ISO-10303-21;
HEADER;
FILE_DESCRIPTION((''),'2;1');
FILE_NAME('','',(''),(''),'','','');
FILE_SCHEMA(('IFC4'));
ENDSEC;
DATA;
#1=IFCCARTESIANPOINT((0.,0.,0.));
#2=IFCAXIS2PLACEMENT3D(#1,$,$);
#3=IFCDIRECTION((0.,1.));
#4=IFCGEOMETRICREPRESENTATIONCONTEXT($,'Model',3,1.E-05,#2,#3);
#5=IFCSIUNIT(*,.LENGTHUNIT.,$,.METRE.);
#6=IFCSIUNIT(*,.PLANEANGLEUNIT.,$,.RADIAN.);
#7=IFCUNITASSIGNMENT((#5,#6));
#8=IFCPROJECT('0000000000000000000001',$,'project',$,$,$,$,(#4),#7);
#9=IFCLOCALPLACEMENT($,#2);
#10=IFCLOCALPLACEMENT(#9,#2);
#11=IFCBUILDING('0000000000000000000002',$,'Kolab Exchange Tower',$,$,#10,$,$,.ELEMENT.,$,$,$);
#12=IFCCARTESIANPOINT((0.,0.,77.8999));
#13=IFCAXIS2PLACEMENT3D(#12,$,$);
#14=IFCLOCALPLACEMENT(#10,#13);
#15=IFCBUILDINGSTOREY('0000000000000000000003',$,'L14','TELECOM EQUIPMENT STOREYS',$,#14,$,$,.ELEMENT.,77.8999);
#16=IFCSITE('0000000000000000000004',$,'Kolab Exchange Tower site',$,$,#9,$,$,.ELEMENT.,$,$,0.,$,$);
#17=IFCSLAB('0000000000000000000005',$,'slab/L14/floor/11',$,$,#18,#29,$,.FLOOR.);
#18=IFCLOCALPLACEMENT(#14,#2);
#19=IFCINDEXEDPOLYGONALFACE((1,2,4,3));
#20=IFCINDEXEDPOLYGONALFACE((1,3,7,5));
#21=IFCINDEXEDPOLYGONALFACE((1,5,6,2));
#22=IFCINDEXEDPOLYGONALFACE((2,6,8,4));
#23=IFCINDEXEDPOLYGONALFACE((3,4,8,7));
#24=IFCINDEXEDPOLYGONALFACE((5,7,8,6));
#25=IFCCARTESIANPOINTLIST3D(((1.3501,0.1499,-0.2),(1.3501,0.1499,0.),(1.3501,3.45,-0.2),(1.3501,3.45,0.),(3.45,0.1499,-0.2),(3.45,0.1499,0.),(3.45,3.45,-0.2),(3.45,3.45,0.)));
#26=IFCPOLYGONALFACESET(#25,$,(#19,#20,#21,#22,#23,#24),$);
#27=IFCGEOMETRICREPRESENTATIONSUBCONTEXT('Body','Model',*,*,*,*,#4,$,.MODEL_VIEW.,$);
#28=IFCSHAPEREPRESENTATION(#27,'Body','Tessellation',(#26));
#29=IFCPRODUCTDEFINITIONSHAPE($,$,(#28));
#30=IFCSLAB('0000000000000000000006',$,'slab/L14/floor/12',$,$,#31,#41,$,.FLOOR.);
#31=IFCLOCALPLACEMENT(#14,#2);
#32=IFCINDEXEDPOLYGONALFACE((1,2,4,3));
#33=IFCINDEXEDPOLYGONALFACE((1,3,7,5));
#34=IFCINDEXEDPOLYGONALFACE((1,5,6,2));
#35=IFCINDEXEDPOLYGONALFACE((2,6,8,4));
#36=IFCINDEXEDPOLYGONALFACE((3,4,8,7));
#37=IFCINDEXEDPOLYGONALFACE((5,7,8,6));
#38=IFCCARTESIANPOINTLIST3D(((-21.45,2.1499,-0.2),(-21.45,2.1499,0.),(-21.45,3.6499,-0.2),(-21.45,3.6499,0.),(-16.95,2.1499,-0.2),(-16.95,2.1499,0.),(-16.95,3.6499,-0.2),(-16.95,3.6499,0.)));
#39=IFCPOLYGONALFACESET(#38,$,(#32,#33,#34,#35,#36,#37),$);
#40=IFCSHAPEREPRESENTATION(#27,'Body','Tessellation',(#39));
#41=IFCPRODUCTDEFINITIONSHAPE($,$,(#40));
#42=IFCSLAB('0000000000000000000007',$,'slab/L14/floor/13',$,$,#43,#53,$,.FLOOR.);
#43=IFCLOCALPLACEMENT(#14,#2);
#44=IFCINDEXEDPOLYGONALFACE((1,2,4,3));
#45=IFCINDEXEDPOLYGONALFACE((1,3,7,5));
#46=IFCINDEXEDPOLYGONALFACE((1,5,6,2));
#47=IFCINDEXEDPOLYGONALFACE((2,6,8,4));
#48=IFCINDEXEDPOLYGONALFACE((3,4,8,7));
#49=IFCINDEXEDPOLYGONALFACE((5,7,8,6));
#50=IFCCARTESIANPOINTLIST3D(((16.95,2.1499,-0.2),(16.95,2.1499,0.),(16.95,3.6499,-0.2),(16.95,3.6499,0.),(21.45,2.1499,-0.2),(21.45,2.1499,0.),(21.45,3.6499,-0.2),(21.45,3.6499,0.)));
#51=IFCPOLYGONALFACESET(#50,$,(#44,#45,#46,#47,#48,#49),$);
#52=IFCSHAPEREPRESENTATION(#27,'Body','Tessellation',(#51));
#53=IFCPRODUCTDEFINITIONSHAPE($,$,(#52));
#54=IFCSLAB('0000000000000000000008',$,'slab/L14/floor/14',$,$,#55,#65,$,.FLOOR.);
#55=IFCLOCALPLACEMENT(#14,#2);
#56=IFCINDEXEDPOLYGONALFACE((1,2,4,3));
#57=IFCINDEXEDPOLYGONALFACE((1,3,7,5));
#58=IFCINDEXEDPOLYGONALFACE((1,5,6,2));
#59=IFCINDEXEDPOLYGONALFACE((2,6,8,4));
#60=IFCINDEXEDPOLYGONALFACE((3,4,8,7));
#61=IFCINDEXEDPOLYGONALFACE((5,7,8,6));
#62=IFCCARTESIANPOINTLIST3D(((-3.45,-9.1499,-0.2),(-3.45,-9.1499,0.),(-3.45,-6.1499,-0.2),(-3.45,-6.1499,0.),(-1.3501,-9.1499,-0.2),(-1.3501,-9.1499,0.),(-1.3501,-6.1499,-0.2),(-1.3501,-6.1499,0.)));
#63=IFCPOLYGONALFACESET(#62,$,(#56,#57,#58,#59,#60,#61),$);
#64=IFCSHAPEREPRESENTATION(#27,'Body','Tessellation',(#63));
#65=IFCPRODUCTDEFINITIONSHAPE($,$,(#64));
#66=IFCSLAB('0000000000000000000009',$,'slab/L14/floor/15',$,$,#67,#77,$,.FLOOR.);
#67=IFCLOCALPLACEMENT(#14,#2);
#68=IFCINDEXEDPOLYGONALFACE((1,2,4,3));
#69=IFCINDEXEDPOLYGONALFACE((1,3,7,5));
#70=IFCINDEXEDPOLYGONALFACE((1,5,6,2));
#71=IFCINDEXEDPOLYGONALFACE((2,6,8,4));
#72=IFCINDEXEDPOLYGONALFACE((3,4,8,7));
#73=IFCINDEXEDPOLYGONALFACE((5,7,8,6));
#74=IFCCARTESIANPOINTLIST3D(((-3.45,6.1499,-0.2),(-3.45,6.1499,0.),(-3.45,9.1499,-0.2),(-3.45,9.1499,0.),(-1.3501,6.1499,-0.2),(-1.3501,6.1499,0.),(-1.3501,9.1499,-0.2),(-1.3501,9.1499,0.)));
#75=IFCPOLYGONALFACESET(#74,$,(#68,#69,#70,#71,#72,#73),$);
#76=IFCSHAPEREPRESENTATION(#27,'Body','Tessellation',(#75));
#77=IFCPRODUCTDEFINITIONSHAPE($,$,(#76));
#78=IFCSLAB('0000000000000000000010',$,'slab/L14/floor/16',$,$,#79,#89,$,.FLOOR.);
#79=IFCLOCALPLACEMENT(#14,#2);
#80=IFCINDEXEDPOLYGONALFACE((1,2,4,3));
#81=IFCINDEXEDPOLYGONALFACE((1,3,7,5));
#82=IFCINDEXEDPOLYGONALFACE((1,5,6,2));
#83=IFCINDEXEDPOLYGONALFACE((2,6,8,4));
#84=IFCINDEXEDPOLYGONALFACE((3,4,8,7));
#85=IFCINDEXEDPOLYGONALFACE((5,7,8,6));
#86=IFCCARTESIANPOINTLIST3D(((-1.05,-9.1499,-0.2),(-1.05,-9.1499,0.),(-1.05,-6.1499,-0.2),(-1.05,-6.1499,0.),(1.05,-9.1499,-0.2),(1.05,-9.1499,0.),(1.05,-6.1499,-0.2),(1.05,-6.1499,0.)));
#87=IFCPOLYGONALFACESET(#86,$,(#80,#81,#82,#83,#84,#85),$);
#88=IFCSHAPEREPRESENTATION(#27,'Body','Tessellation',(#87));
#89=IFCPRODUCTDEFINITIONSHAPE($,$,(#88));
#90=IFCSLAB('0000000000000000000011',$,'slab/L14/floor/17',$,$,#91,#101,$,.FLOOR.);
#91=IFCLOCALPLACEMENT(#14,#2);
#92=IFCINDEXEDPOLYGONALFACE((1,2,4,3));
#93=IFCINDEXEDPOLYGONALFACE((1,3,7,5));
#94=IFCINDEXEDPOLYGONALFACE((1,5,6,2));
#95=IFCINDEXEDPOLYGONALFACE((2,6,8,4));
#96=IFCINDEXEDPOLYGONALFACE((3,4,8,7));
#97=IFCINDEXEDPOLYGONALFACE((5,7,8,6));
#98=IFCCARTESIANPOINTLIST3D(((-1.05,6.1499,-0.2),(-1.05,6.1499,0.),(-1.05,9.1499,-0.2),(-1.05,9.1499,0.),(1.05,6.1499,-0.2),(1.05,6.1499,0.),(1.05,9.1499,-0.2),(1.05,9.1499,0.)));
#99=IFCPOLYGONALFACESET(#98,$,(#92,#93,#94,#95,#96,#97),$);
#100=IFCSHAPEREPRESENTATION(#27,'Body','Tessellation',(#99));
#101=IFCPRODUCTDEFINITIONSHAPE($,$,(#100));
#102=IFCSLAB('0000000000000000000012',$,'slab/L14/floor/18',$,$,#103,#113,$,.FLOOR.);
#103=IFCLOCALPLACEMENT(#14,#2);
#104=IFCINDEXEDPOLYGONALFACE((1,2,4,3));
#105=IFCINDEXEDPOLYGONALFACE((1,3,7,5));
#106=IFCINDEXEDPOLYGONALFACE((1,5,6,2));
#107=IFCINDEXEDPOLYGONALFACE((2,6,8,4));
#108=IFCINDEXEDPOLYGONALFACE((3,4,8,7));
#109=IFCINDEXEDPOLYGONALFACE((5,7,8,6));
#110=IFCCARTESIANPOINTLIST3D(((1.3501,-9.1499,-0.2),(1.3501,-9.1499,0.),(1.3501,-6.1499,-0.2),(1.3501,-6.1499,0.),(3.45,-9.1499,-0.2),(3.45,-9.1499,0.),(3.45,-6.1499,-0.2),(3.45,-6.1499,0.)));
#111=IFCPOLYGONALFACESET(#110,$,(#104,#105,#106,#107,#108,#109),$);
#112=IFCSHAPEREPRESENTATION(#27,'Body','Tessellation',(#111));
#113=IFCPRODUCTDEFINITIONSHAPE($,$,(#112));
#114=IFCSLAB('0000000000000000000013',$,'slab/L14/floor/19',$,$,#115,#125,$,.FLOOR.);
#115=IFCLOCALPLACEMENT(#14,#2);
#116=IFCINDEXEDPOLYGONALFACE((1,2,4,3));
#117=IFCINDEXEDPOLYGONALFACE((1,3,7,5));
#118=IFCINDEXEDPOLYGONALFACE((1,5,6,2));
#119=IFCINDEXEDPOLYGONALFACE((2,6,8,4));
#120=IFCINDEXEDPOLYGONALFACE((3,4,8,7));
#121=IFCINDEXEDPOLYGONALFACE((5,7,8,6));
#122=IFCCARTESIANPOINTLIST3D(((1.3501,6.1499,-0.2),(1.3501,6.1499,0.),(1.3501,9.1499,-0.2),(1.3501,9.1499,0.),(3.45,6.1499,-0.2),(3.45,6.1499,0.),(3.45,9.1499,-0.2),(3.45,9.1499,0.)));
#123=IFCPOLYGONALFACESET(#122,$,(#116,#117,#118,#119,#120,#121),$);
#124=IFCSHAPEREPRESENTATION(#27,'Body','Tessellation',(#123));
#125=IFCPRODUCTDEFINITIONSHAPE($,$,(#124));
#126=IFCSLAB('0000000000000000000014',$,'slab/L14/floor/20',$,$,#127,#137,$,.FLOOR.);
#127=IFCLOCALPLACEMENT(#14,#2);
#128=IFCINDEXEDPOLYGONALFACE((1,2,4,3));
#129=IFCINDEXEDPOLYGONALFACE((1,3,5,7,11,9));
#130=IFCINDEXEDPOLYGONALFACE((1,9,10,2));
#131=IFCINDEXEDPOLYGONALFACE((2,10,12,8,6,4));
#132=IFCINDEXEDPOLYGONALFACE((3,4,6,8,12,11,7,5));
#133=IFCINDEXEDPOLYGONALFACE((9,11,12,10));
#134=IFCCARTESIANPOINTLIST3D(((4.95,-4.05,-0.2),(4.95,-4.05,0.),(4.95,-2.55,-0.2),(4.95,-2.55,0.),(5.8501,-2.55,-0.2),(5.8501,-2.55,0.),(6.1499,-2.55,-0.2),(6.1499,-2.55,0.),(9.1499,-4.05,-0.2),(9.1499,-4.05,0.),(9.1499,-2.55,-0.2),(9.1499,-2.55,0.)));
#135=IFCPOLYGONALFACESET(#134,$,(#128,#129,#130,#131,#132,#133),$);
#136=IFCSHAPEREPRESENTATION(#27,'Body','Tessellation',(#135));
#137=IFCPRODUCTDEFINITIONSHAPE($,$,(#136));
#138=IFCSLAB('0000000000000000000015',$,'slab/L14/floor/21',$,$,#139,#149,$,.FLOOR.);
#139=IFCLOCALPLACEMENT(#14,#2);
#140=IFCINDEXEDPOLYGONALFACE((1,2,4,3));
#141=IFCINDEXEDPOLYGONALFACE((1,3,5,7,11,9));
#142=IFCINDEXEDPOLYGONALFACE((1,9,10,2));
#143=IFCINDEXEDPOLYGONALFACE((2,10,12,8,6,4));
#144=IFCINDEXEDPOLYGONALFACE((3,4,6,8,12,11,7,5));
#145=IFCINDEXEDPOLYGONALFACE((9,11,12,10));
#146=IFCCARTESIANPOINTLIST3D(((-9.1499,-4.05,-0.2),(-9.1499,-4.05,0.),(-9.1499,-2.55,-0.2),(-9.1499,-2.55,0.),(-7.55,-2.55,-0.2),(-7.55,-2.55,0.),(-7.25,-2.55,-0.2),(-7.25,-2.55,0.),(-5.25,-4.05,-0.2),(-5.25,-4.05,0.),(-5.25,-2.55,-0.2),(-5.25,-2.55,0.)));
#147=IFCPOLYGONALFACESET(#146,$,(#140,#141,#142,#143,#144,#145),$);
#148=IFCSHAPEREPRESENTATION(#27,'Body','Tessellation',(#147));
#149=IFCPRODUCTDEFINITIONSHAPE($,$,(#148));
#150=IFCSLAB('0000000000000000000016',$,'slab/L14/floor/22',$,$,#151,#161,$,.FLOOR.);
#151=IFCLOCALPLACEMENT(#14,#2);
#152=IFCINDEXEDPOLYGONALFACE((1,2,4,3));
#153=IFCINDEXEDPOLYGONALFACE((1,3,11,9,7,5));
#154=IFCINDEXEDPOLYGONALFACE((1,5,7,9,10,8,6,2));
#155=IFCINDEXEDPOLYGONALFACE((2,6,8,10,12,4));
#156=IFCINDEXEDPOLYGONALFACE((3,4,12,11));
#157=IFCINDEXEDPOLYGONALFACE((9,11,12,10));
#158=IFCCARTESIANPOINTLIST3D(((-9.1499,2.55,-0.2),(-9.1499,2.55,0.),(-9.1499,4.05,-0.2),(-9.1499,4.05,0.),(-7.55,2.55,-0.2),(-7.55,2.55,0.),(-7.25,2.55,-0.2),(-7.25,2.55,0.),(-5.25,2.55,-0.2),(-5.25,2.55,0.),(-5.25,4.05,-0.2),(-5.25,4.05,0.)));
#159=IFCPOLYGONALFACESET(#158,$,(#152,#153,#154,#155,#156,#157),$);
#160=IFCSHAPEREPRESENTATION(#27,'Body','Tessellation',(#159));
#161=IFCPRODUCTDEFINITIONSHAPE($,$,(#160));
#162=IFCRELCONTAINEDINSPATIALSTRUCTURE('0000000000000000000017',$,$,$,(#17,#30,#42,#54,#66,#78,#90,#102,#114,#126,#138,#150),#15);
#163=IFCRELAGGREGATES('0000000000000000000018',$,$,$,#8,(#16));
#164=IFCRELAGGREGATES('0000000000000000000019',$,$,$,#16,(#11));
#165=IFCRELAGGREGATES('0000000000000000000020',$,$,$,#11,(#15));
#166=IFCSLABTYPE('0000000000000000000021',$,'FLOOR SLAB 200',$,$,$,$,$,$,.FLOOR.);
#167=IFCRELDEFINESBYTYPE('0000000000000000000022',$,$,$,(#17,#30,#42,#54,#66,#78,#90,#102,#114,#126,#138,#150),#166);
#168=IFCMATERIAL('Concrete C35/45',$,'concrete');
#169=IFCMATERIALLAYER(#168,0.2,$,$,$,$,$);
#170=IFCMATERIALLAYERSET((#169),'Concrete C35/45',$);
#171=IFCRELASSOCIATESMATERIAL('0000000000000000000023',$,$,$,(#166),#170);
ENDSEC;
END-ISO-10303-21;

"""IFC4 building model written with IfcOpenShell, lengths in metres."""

from ifc_helpers import new_model, si_unit, direction, frame, origin, place, context, subcontext, project, spatial, polyline, outline, extrude, material, layer, layer_set, type_object, element, save


model = new_model("IFC4")

# Units and contexts
model_context = context("Model", 3, precision=1e-05, world=origin(), true_north=direction((0.0, 1.0)))
body_context = subcontext(model_context, "Body", "Model", "MODEL_VIEW")
ifc_project = project(units=[si_unit("LENGTHUNIT", "METRE"), si_unit("PLANEANGLEUNIT", "RADIAN")], contexts=[model_context])

# Site, building, storey
site_placement = place(None, origin())
site = spatial("IfcSite", under=ifc_project, at=site_placement, Name="Kolab Exchange Tower site", CompositionType="ELEMENT", RefElevation=0.0)
building_placement = place(site_placement, origin())
building = spatial("IfcBuilding", under=site, at=building_placement, Name="Kolab Exchange Tower", CompositionType="ELEMENT")
storey_placement = place(building_placement, frame((0.0, 0.0, 77.8999)))
storey = spatial("IfcBuildingStorey", under=building, at=storey_placement, Name="L14", Description="TELECOM EQUIPMENT STOREYS", CompositionType="ELEMENT", Elevation=77.8999)

# Slabs
ifc_material_1 = material(Name="Concrete C35/45", Category="concrete")
ifc_layer_1 = layer(ifc_material_1, 0.2)
ifc_layer_set_1 = layer_set([ifc_layer_1], Name="Concrete C35/45")
slab_type_1 = type_object("IfcSlabType", Name="FLOOR SLAB 200", PredefinedType="FLOOR", material=ifc_layer_set_1)
slab_1_placement = place(storey_placement, frame((0.0, 0.0, -0.2)))
element("IfcSlab", 1, at=slab_1_placement, inside=storey, type_object=slab_type_1, Name="slab/L14/floor/11", PredefinedType="FLOOR", context=body_context, shape_type="SweptSolid", body=[
    extrude(outline(polyline([(1.3501, 0.1499), (3.45, 0.1499), (3.45, 3.45), (1.3501, 3.45), (1.3501, 0.1499)])), origin(), (0.0, 0.0, 1.0), 0.2),
])
slab_2_placement = place(storey_placement, frame((0.0, 0.0, -0.2)))
element("IfcSlab", 2, at=slab_2_placement, inside=storey, type_object=slab_type_1, Name="slab/L14/floor/12", PredefinedType="FLOOR", context=body_context, shape_type="SweptSolid", body=[
    extrude(outline(polyline([(-21.45, 3.6499), (-21.45, 2.1499), (-16.95, 2.1499), (-16.95, 3.6499), (-21.45, 3.6499)])), origin(), (0.0, 0.0, 1.0), 0.2),
])
slab_3_placement = place(storey_placement, frame((0.0, 0.0, -0.2)))
element("IfcSlab", 3, at=slab_3_placement, inside=storey, type_object=slab_type_1, Name="slab/L14/floor/13", PredefinedType="FLOOR", context=body_context, shape_type="SweptSolid", body=[
    extrude(outline(polyline([(21.45, 3.6499), (16.95, 3.6499), (16.95, 2.1499), (21.45, 2.1499), (21.45, 3.6499)])), origin(), (0.0, 0.0, 1.0), 0.2),
])
slab_4_placement = place(storey_placement, frame((0.0, 0.0, -0.2)))
element("IfcSlab", 4, at=slab_4_placement, inside=storey, type_object=slab_type_1, Name="slab/L14/floor/14", PredefinedType="FLOOR", context=body_context, shape_type="SweptSolid", body=[
    extrude(outline(polyline([(-1.3501, -6.1499), (-3.45, -6.1499), (-3.45, -9.1499), (-1.3501, -9.1499), (-1.3501, -6.1499)])), origin(), (0.0, 0.0, 1.0), 0.2),
])
slab_5_placement = place(storey_placement, frame((0.0, 0.0, -0.2)))
element("IfcSlab", 5, at=slab_5_placement, inside=storey, type_object=slab_type_1, Name="slab/L14/floor/15", PredefinedType="FLOOR", context=body_context, shape_type="SweptSolid", body=[
    extrude(outline(polyline([(-1.3501, 6.1499), (-1.3501, 9.1499), (-3.45, 9.1499), (-3.45, 6.1499), (-1.3501, 6.1499)])), origin(), (0.0, 0.0, 1.0), 0.2),
])
slab_6_placement = place(storey_placement, frame((0.0, 0.0, -0.2)))
element("IfcSlab", 6, at=slab_6_placement, inside=storey, type_object=slab_type_1, Name="slab/L14/floor/16", PredefinedType="FLOOR", context=body_context, shape_type="SweptSolid", body=[
    extrude(outline(polyline([(1.05, -6.1499), (-1.05, -6.1499), (-1.05, -9.1499), (1.05, -9.1499), (1.05, -6.1499)])), origin(), (0.0, 0.0, 1.0), 0.2),
])
slab_7_placement = place(storey_placement, frame((0.0, 0.0, -0.2)))
element("IfcSlab", 7, at=slab_7_placement, inside=storey, type_object=slab_type_1, Name="slab/L14/floor/17", PredefinedType="FLOOR", context=body_context, shape_type="SweptSolid", body=[
    extrude(outline(polyline([(-1.05, 9.1499), (-1.05, 6.1499), (1.05, 6.1499), (1.05, 9.1499), (-1.05, 9.1499)])), origin(), (0.0, 0.0, 1.0), 0.2),
])
slab_8_placement = place(storey_placement, frame((0.0, 0.0, -0.2)))
element("IfcSlab", 8, at=slab_8_placement, inside=storey, type_object=slab_type_1, Name="slab/L14/floor/18", PredefinedType="FLOOR", context=body_context, shape_type="SweptSolid", body=[
    extrude(outline(polyline([(1.3501, -6.1499), (1.3501, -9.1499), (3.45, -9.1499), (3.45, -6.1499), (1.3501, -6.1499)])), origin(), (0.0, 0.0, 1.0), 0.2),
])
slab_9_placement = place(storey_placement, frame((0.0, 0.0, -0.2)))
element("IfcSlab", 9, at=slab_9_placement, inside=storey, type_object=slab_type_1, Name="slab/L14/floor/19", PredefinedType="FLOOR", context=body_context, shape_type="SweptSolid", body=[
    extrude(outline(polyline([(1.3501, 6.1499), (3.45, 6.1499), (3.45, 9.1499), (1.3501, 9.1499), (1.3501, 6.1499)])), origin(), (0.0, 0.0, 1.0), 0.2),
])
slab_10_placement = place(storey_placement, frame((0.0, 0.0, -0.2)))
element("IfcSlab", 10, at=slab_10_placement, inside=storey, type_object=slab_type_1, Name="slab/L14/floor/20", PredefinedType="FLOOR", context=body_context, shape_type="SweptSolid", body=[
    extrude(outline(polyline([(4.95, -4.05), (9.1499, -4.05), (9.1499, -2.55), (6.1499, -2.55), (5.8501, -2.55), (4.95, -2.55), (4.95, -4.05)])), origin(), (0.0, 0.0, 1.0), 0.2),
])
slab_11_placement = place(storey_placement, frame((0.0, 0.0, -0.2)))
element("IfcSlab", 11, at=slab_11_placement, inside=storey, type_object=slab_type_1, Name="slab/L14/floor/21", PredefinedType="FLOOR", context=body_context, shape_type="SweptSolid", body=[
    extrude(outline(polyline([(-9.1499, -2.55), (-9.1499, -4.05), (-5.25, -4.05), (-5.25, -2.55), (-7.25, -2.55), (-7.55, -2.55), (-9.1499, -2.55)])), origin(), (0.0, 0.0, 1.0), 0.2),
])
slab_12_placement = place(storey_placement, frame((0.0, 0.0, -0.2)))
element("IfcSlab", 12, at=slab_12_placement, inside=storey, type_object=slab_type_1, Name="slab/L14/floor/22", PredefinedType="FLOOR", context=body_context, shape_type="SweptSolid", body=[
    extrude(outline(polyline([(-5.25, 4.05), (-9.1499, 4.05), (-9.1499, 2.55), (-7.55, 2.55), (-7.25, 2.55), (-5.25, 2.55), (-5.25, 4.05)])), origin(), (0.0, 0.0, 1.0), 0.2),
])

save(model, "model.ifc")
